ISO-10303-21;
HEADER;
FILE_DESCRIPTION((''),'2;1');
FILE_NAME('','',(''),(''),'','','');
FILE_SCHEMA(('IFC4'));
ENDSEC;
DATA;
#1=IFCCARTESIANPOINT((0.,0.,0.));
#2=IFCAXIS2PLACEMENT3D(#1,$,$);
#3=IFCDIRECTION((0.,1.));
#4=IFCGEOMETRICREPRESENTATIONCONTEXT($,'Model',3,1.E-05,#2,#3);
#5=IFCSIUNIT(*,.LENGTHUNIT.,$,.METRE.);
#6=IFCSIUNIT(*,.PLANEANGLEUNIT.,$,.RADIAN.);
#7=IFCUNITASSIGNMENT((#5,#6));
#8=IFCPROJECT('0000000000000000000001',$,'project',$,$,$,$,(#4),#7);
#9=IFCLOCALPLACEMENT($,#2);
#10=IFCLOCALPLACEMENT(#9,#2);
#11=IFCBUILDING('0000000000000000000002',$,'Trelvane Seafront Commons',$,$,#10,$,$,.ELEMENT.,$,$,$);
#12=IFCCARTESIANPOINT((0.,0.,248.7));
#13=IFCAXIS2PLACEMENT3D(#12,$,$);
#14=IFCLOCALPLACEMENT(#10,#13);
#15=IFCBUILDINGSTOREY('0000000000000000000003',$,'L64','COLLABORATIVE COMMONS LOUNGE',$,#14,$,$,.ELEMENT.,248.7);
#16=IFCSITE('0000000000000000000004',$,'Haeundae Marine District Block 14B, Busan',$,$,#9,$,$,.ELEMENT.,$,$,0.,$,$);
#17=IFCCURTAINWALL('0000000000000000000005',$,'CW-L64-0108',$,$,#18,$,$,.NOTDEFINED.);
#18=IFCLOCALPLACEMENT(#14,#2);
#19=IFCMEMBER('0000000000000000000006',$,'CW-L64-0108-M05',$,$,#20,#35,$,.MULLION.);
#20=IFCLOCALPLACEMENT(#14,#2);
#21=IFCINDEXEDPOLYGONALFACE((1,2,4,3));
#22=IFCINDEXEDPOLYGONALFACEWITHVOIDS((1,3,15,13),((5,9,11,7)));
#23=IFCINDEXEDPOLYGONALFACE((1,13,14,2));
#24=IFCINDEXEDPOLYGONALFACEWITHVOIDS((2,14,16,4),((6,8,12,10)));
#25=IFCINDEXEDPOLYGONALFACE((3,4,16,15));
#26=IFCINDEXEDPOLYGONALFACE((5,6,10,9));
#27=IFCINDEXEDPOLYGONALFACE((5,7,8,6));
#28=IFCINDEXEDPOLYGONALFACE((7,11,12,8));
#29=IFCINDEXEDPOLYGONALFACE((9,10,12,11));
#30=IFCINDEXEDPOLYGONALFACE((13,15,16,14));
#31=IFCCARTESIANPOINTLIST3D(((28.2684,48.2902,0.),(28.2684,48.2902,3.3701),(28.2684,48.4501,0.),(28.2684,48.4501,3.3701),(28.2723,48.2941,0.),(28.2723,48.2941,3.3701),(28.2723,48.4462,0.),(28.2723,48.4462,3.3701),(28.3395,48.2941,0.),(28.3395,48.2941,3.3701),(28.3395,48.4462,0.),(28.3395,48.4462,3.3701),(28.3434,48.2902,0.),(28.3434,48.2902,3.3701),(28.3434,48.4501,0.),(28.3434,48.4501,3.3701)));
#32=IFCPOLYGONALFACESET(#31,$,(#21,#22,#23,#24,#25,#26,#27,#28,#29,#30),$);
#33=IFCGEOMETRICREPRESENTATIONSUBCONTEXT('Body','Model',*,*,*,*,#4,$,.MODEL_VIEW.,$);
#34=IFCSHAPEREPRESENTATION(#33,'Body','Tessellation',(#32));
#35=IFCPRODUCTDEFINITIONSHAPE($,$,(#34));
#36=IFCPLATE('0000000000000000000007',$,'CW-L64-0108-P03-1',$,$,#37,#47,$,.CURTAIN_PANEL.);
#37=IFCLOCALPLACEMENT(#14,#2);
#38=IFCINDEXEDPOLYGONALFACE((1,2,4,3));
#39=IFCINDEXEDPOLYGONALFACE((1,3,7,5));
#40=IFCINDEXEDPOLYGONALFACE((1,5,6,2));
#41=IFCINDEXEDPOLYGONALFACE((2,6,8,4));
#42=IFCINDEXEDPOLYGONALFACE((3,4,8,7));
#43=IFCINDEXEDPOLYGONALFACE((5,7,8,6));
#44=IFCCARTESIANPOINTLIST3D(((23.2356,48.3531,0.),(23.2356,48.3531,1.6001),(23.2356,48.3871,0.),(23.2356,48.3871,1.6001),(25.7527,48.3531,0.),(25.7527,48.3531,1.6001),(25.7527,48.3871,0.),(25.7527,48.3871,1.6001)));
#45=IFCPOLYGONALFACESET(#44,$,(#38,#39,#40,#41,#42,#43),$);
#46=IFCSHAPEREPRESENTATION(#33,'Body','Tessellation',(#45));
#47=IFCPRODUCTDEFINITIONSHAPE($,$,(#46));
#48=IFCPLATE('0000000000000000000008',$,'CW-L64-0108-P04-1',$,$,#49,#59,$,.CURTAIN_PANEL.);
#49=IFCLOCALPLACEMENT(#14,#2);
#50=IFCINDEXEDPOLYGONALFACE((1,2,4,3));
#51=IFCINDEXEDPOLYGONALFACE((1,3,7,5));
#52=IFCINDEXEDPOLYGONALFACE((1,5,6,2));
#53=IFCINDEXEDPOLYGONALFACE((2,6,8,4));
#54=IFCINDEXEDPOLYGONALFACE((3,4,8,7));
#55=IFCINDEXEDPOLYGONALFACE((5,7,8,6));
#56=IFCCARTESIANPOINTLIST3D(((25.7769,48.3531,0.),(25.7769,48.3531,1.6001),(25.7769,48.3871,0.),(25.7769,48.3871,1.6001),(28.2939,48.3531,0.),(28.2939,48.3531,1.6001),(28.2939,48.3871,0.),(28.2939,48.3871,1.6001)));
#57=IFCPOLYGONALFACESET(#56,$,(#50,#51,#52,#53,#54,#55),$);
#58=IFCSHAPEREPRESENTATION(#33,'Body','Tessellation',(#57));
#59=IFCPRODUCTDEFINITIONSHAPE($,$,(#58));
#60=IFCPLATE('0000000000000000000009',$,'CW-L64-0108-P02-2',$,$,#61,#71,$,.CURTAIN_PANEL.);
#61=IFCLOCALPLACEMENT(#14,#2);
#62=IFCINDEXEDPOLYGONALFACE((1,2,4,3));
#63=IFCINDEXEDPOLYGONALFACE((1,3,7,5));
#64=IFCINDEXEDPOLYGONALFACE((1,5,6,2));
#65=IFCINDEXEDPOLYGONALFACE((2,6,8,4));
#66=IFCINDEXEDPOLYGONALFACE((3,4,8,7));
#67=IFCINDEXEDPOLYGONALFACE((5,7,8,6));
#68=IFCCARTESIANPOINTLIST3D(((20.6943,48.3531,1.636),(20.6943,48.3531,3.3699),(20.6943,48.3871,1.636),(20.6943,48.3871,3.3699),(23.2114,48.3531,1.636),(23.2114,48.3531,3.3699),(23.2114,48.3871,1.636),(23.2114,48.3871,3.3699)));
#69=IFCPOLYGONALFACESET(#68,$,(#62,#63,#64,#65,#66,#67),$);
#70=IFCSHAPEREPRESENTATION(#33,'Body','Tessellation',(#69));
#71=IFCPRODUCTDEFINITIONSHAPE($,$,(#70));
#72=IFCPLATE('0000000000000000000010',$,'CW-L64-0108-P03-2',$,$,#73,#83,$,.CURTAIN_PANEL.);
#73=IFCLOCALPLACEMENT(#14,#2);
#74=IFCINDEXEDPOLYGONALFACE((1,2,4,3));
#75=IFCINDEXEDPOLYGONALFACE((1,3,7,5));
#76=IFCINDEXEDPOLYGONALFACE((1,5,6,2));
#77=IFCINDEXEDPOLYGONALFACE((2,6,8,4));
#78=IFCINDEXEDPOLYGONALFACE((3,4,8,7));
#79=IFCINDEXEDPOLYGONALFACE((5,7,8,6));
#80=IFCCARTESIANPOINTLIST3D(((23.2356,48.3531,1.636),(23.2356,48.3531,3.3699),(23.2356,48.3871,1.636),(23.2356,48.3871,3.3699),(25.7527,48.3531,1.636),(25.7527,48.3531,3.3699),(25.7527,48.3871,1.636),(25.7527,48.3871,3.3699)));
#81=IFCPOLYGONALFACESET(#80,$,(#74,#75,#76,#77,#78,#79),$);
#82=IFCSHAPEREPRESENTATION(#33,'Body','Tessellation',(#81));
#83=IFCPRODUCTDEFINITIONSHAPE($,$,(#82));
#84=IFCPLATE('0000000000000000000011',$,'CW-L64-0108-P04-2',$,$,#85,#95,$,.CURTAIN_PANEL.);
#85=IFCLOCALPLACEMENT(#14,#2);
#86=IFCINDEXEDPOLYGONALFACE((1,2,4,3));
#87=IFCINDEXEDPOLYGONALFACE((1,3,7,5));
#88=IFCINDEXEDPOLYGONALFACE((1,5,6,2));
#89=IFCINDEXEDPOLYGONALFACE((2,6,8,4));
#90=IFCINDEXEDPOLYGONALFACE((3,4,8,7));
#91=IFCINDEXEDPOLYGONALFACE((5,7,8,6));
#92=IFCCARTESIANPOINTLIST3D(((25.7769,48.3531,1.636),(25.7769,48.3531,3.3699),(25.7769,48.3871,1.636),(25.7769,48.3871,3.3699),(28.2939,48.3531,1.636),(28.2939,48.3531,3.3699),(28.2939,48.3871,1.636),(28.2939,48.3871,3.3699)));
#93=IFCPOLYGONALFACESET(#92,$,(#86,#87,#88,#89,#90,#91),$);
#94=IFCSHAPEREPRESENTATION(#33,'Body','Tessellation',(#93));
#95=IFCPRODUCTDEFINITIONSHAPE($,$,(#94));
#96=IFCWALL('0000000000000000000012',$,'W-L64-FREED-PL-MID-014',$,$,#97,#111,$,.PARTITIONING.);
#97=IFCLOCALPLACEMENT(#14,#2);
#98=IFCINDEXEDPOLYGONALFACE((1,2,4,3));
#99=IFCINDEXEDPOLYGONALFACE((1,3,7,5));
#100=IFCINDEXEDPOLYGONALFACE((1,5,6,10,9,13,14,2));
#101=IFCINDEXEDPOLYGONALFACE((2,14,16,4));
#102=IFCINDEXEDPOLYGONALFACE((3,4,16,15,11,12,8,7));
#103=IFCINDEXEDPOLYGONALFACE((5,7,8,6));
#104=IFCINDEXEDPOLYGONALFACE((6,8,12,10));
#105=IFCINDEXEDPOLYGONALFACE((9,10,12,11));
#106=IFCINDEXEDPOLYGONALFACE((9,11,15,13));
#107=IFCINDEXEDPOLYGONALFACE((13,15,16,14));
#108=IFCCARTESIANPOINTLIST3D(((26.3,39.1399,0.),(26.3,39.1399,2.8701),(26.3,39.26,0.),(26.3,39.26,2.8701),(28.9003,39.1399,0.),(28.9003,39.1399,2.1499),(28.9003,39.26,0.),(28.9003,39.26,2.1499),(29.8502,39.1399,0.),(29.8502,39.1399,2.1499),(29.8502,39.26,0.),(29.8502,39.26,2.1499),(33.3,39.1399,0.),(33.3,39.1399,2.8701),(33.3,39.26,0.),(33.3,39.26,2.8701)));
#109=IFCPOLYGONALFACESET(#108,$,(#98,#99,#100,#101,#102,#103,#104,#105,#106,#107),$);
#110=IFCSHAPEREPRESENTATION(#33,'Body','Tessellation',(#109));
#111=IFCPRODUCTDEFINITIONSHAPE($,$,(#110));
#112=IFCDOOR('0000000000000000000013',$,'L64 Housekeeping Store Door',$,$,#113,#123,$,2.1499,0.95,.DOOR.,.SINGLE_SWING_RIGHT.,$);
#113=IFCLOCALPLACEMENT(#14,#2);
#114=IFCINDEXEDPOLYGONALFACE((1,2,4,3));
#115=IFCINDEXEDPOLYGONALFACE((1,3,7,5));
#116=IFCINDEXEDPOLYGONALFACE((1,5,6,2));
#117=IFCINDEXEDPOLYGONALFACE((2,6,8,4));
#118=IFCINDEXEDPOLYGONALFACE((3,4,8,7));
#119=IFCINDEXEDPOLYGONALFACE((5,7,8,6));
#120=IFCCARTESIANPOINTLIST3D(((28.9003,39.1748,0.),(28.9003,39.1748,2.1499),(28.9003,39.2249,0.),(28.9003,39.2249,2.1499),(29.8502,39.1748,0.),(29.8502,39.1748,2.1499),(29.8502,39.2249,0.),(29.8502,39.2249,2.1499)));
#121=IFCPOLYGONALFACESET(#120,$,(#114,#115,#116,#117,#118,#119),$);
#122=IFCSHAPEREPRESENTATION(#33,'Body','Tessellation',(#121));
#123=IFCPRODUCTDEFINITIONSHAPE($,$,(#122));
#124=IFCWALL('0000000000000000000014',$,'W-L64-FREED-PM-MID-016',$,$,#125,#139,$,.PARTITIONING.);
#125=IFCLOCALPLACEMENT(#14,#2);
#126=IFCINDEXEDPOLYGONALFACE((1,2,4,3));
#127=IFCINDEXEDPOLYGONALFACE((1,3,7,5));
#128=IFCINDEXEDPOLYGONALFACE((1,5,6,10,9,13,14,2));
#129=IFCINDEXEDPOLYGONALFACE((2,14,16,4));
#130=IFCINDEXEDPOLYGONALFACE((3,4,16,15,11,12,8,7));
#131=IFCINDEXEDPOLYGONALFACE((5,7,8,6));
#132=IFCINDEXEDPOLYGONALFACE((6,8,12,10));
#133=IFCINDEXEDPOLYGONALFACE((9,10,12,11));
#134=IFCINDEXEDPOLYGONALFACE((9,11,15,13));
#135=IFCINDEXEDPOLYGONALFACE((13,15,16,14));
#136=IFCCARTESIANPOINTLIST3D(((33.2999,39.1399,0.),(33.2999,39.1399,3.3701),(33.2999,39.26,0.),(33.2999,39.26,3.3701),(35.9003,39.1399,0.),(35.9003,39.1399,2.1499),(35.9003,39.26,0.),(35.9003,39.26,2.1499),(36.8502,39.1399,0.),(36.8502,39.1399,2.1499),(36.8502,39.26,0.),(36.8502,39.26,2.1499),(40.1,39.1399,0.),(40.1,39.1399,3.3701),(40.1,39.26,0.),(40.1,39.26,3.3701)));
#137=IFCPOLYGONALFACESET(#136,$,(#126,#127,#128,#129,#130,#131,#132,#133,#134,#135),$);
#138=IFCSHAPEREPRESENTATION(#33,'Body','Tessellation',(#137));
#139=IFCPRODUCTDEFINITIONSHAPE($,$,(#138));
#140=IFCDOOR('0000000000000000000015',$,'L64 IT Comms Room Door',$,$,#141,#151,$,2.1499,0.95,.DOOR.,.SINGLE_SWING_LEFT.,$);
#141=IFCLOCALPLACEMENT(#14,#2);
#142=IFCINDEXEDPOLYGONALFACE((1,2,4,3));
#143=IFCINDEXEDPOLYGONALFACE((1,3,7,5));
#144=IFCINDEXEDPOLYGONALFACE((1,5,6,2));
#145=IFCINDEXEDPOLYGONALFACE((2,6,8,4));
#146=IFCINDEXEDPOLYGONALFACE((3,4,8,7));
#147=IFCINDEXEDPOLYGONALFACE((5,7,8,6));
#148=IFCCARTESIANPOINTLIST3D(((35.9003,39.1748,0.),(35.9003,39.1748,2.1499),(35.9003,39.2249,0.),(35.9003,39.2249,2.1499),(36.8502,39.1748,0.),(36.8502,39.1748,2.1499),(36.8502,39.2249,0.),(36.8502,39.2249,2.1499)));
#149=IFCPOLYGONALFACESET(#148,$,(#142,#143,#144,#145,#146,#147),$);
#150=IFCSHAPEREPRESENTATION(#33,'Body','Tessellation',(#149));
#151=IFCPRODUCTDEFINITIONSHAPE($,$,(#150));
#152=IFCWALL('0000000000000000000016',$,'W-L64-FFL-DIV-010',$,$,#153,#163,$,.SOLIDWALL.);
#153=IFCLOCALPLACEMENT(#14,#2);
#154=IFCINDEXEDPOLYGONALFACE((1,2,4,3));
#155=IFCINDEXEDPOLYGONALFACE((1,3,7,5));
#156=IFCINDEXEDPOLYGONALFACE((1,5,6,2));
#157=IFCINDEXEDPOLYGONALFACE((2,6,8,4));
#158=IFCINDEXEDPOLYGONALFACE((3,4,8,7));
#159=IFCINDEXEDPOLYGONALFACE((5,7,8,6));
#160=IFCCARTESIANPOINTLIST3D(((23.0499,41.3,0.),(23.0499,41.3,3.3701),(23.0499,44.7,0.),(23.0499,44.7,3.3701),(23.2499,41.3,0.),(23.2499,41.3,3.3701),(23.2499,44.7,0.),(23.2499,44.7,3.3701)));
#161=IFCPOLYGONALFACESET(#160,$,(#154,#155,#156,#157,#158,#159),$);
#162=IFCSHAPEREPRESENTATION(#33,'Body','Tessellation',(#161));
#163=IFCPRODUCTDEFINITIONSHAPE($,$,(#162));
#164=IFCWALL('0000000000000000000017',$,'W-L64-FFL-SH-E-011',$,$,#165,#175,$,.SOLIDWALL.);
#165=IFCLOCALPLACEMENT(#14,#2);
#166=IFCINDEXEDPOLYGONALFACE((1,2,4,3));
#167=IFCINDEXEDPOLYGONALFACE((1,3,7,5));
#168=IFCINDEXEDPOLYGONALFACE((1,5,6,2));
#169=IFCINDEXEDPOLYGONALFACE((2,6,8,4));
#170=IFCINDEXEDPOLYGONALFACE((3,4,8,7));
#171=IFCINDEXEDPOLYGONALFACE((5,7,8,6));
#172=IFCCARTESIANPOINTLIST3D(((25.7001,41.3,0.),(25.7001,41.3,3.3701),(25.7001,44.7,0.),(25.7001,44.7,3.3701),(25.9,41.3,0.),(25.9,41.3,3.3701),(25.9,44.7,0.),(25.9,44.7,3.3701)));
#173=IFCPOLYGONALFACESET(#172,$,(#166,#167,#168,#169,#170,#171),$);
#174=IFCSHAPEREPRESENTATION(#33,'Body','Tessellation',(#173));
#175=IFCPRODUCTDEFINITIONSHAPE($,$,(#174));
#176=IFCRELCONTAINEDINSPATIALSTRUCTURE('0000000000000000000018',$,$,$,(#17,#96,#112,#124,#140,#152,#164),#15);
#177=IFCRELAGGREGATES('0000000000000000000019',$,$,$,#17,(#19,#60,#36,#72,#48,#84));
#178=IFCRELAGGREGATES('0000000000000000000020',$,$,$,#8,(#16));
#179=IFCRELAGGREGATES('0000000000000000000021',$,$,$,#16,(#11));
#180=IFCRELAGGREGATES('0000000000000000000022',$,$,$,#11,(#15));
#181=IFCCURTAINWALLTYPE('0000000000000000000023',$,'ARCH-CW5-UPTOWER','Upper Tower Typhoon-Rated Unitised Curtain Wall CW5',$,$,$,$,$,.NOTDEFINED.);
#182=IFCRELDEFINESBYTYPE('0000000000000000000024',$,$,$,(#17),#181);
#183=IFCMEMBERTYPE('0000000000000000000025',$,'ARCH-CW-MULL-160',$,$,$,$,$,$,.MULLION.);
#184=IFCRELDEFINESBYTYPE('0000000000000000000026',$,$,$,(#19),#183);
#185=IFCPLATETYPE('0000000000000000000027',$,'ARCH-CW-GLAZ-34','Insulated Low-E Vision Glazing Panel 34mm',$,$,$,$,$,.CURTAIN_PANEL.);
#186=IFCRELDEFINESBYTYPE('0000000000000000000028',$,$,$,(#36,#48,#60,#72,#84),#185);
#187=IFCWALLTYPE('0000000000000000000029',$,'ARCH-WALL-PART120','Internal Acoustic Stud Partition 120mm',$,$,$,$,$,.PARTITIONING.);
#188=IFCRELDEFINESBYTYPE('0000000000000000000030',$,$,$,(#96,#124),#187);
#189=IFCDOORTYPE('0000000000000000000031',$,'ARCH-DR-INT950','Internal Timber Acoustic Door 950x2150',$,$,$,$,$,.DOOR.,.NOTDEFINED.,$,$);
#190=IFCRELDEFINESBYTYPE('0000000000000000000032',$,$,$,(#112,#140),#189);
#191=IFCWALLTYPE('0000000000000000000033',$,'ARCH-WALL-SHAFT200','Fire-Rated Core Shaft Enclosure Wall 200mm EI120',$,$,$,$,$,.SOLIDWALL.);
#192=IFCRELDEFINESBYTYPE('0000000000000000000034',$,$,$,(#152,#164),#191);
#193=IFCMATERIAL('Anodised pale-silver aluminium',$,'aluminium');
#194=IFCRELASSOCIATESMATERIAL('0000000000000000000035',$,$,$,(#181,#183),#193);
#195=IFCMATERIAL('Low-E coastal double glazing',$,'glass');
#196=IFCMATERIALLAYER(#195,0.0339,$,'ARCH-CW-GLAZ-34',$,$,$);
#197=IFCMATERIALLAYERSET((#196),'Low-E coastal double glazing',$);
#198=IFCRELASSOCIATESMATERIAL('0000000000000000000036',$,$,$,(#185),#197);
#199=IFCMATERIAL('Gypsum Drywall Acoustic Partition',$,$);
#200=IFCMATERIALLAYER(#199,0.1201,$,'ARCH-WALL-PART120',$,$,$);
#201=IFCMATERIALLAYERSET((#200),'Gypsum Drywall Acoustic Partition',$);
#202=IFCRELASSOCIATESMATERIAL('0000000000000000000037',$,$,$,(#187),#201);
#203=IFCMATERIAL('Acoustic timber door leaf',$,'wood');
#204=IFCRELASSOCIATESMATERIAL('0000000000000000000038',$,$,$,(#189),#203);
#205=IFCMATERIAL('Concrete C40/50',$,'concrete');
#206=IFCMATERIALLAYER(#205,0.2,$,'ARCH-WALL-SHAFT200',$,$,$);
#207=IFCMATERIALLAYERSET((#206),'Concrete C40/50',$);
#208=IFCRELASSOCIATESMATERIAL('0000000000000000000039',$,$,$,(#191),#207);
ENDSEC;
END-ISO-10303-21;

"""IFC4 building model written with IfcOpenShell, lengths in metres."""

from ifc_helpers import new_model, si_unit, direction, frame, frame_2d, origin, origin_2d, place, context, subcontext, project, spatial, rectangle, hollow_rectangle, extrude, source, transform, mapped, material, layer, layer_set, material_profile, profile_set, type_object, element, fill, aggregate, save


model = new_model("IFC4")

# Units and contexts
model_context = context("Model", 3, precision=1e-05, world=origin(), true_north=direction((0.0, 1.0)))
body_context = subcontext(model_context, "Body", "Model", "MODEL_VIEW")
ifc_project = project(units=[si_unit("LENGTHUNIT", "METRE"), si_unit("PLANEANGLEUNIT", "RADIAN")], contexts=[model_context])

# Site, building, storey
site_placement = place(None, origin())
site = spatial("IfcSite", under=ifc_project, at=site_placement, Name="Haeundae Marine District Block 14B, Busan", CompositionType="ELEMENT", RefElevation=0.0)
building_placement = place(site_placement, origin())
building = spatial("IfcBuilding", under=site, at=building_placement, Name="Trelvane Seafront Commons", CompositionType="ELEMENT")
storey_placement = place(building_placement, frame((0.0, 0.0, 248.7)))
storey = spatial("IfcBuildingStorey", under=building, at=storey_placement, Name="L64", Description="COLLABORATIVE COMMONS LOUNGE", CompositionType="ELEMENT", Elevation=248.7)

# Curtain wall, member, plates
ifc_material_1 = material(Name="Anodised pale-silver aluminium", Category="aluminium")
curtain_wall_type = type_object("IfcCurtainWallType", Name="ARCH-CW5-UPTOWER", Description="Upper Tower Typhoon-Rated Unitised Curtain Wall CW5", PredefinedType="NOTDEFINED", material=ifc_material_1)
curtain_wall_placement = place(storey_placement, origin())
curtain_wall = element("IfcCurtainWall", 1, at=curtain_wall_placement, inside=storey, type_object=curtain_wall_type, Name="CW-L64-0108", PredefinedType="NOTDEFINED")
ifc_material_profile_1 = material_profile(ifc_material_1, hollow_rectangle(XDim=0.075, YDim=0.1599, WallThickness=0.0039, at=origin_2d()), Name="MULL-75x160x4")
ifc_profile_set_1 = profile_set([ifc_material_profile_1], Name="Anodised pale-silver aluminium")
member_type_1 = type_object("IfcMemberType", Name="ARCH-CW-MULL-160", PredefinedType="MULLION", material=ifc_profile_set_1)
shared_shape_1 = source(origin(), body_context, "Body", "SweptSolid", [
    extrude(hollow_rectangle(XDim=0.075, YDim=0.1599, WallThickness=0.0039, at=origin_2d()), origin(), (0.0, 0.0, 1.0), 3.3701),
])
member_1_placement = place(storey_placement, frame((28.3059, 48.3701, 0.0), z_axis=(0.0, 0.0, 1.0), x_axis=(1.0, 0.0, 0.0)))
member_1 = element("IfcMember", 2, at=member_1_placement, type_object=member_type_1, Name="CW-L64-0108-M05", PredefinedType="MULLION", context=body_context, shape_type="MappedRepresentation", body=[
    mapped(shared_shape_1, transform((0.0, 0.0, 0.0), x_axis=(1.0, 0.0, 0.0), y_axis=(0.0, 1.0, 0.0), z_axis=(0.0, 0.0, 1.0), scale=1.0)),
])
ifc_material_2 = material(Name="Low-E coastal double glazing", Category="glass")
ifc_layer_1 = layer(ifc_material_2, 0.0339, Name="ARCH-CW-GLAZ-34")
ifc_layer_set_1 = layer_set([ifc_layer_1], Name="Low-E coastal double glazing")
plate_type = type_object("IfcPlateType", Name="ARCH-CW-GLAZ-34", Description="Insulated Low-E Vision Glazing Panel 34mm", PredefinedType="CURTAIN_PANEL", material=ifc_layer_set_1)
shared_shape_2 = source(origin(), body_context, "Body", "SweptSolid", [
    extrude(rectangle(XDim=2.5171, YDim=0.0339, at=origin_2d()), origin(), (0.0, 0.0, 1.0), 1.6001),
])
plate_1_placement = place(storey_placement, frame((24.4941, 48.3701, 0.0), z_axis=(0.0, 0.0, 1.0), x_axis=(1.0, 0.0, 0.0)))
plate_1 = element("IfcPlate", 3, at=plate_1_placement, type_object=plate_type, Name="CW-L64-0108-P03-1", PredefinedType="CURTAIN_PANEL", context=body_context, shape_type="MappedRepresentation", body=[
    mapped(shared_shape_2, transform((0.0, 0.0, 0.0), x_axis=(1.0, 0.0, 0.0), y_axis=(0.0, 1.0, 0.0), z_axis=(0.0, 0.0, 1.0), scale=1.0)),
])
plate_2_placement = place(storey_placement, frame((27.0354, 48.3701, 0.0), z_axis=(0.0, 0.0, 1.0), x_axis=(1.0, 0.0, 0.0)))
plate_2 = element("IfcPlate", 4, at=plate_2_placement, type_object=plate_type, Name="CW-L64-0108-P04-1", PredefinedType="CURTAIN_PANEL", context=body_context, shape_type="MappedRepresentation", body=[
    mapped(shared_shape_2, transform((0.0, 0.0, 0.0), x_axis=(1.0, 0.0, 0.0), y_axis=(0.0, 1.0, 0.0), z_axis=(0.0, 0.0, 1.0), scale=1.0)),
])
shared_shape_3 = source(origin(), body_context, "Body", "SweptSolid", [
    extrude(rectangle(XDim=2.5171, YDim=0.0339, at=origin_2d()), origin(), (0.0, 0.0, 1.0), 1.7339),
])
plate_3_placement = place(storey_placement, frame((21.9529, 48.3701, 1.636), z_axis=(0.0, 0.0, 1.0), x_axis=(1.0, 0.0, 0.0)))
plate_3 = element("IfcPlate", 5, at=plate_3_placement, type_object=plate_type, Name="CW-L64-0108-P02-2", PredefinedType="CURTAIN_PANEL", context=body_context, shape_type="MappedRepresentation", body=[
    mapped(shared_shape_3, transform((0.0, 0.0, 0.0), x_axis=(1.0, 0.0, 0.0), y_axis=(0.0, 1.0, 0.0), z_axis=(0.0, 0.0, 1.0), scale=1.0)),
])
plate_4_placement = place(storey_placement, frame((24.4941, 48.3701, 1.636), z_axis=(0.0, 0.0, 1.0), x_axis=(1.0, 0.0, 0.0)))
plate_4 = element("IfcPlate", 6, at=plate_4_placement, type_object=plate_type, Name="CW-L64-0108-P03-2", PredefinedType="CURTAIN_PANEL", context=body_context, shape_type="MappedRepresentation", body=[
    mapped(shared_shape_3, transform((0.0, 0.0, 0.0), x_axis=(1.0, 0.0, 0.0), y_axis=(0.0, 1.0, 0.0), z_axis=(0.0, 0.0, 1.0), scale=1.0)),
])
plate_5_placement = place(storey_placement, frame((27.0354, 48.3701, 1.636), z_axis=(0.0, 0.0, 1.0), x_axis=(1.0, 0.0, 0.0)))
plate_5 = element("IfcPlate", 7, at=plate_5_placement, type_object=plate_type, Name="CW-L64-0108-P04-2", PredefinedType="CURTAIN_PANEL", context=body_context, shape_type="MappedRepresentation", body=[
    mapped(shared_shape_3, transform((0.0, 0.0, 0.0), x_axis=(1.0, 0.0, 0.0), y_axis=(0.0, 1.0, 0.0), z_axis=(0.0, 0.0, 1.0), scale=1.0)),
])
aggregate(curtain_wall, [member_1, plate_3, plate_1, plate_4, plate_2, plate_5])

# Walls, openings, doors
ifc_material_3 = material(Name="Gypsum Drywall Acoustic Partition")
ifc_layer_2 = layer(ifc_material_3, 0.1201, Name="ARCH-WALL-PART120")
ifc_layer_set_2 = layer_set([ifc_layer_2], Name="Gypsum Drywall Acoustic Partition")
wall_type_1 = type_object("IfcWallType", Name="ARCH-WALL-PART120", Description="Internal Acoustic Stud Partition 120mm", PredefinedType="PARTITIONING", material=ifc_layer_set_2)
wall_1_placement = place(storey_placement, frame((26.3, 39.2, 0.0), z_axis=(0.0, 0.0, 1.0), x_axis=(1.0, 0.0, 0.0)))
wall_1 = element("IfcWall", 8, at=wall_1_placement, inside=storey, type_object=wall_type_1, Name="W-L64-FREED-PL-MID-014", PredefinedType="PARTITIONING", context=body_context, shape_type="SweptSolid", body=[
    extrude(rectangle(XDim=7.0, YDim=0.1201, at=frame_2d((3.5, 0.0))), origin(), (0.0, 0.0, 1.0), 2.8701),
])
opening_1_placement = place(wall_1_placement, frame((2.6001, 0.0, 0.0)))
opening_1 = element("IfcOpeningElement", 9, at=opening_1_placement, cuts=wall_1, PredefinedType="OPENING", context=body_context, shape_type="SweptSolid", body=[
    extrude(rectangle(XDim=0.95, YDim=2.1499, at=frame_2d((0.4751, 1.075))), frame((0.0, 0.0701, 0.0), z_axis=(0.0, -1.0, 0.0), x_axis=(1.0, 0.0, 0.0)), (0.0, 0.0, 1.0), 0.1401),
])
ifc_material_4 = material(Name="Acoustic timber door leaf", Category="wood")
door_type = type_object("IfcDoorType", Name="ARCH-DR-INT950", Description="Internal Timber Acoustic Door 950x2150", OperationType="NOTDEFINED", PredefinedType="DOOR", material=ifc_material_4)
shared_shape_4 = source(origin(), body_context, "Body", "SweptSolid", [
    extrude(rectangle(XDim=0.95, YDim=2.1499, at=frame_2d((0.4751, 1.075))), frame((0.0, 0.0249, 0.0), z_axis=(0.0, -1.0, 0.0), x_axis=(1.0, 0.0, 0.0)), (0.0, 0.0, 1.0), 0.05),
])
door_1_placement = place(opening_1_placement, origin())
door_1 = element("IfcDoor", 10, at=door_1_placement, inside=storey, type_object=door_type, Name="L64 Housekeeping Store Door", OperationType="SINGLE_SWING_RIGHT", OverallHeight=2.1499, OverallWidth=0.95, PredefinedType="DOOR", context=body_context, shape_type="MappedRepresentation", body=[
    mapped(shared_shape_4, transform((0.0, 0.0, 0.0), x_axis=(1.0, 0.0, 0.0), y_axis=(0.0, 1.0, 0.0), z_axis=(0.0, 0.0, 1.0), scale=1.0)),
])
fill(opening_1, door_1)
wall_2_placement = place(storey_placement, frame((33.3, 39.2, 0.0), z_axis=(0.0, 0.0, 1.0), x_axis=(1.0, 0.0, 0.0)))
wall_2 = element("IfcWall", 11, at=wall_2_placement, inside=storey, type_object=wall_type_1, Name="W-L64-FREED-PM-MID-016", PredefinedType="PARTITIONING", context=body_context, shape_type="SweptSolid", body=[
    extrude(rectangle(XDim=6.8, YDim=0.1201, at=frame_2d((3.3999, 0.0))), origin(), (0.0, 0.0, 1.0), 3.3701),
])
opening_2_placement = place(wall_2_placement, frame((2.6001, 0.0, 0.0)))
opening_2 = element("IfcOpeningElement", 12, at=opening_2_placement, cuts=wall_2, PredefinedType="OPENING", context=body_context, shape_type="SweptSolid", body=[
    extrude(rectangle(XDim=0.95, YDim=2.1499, at=frame_2d((0.4751, 1.075))), frame((0.0, 0.0701, 0.0), z_axis=(0.0, -1.0, 0.0), x_axis=(1.0, 0.0, 0.0)), (0.0, 0.0, 1.0), 0.1401),
])
door_2_placement = place(opening_2_placement, origin())
door_2 = element("IfcDoor", 13, at=door_2_placement, inside=storey, type_object=door_type, Name="L64 IT Comms Room Door", OperationType="SINGLE_SWING_LEFT", OverallHeight=2.1499, OverallWidth=0.95, PredefinedType="DOOR", context=body_context, shape_type="MappedRepresentation", body=[
    mapped(shared_shape_4, transform((0.0, 0.0, 0.0), x_axis=(1.0, 0.0, 0.0), y_axis=(0.0, 1.0, 0.0), z_axis=(0.0, 0.0, 1.0), scale=1.0)),
])
fill(opening_2, door_2)

# Walls
ifc_material_5 = material(Name="Concrete C40/50", Category="concrete")
ifc_layer_3 = layer(ifc_material_5, 0.2, Name="ARCH-WALL-SHAFT200")
ifc_layer_set_3 = layer_set([ifc_layer_3], Name="Concrete C40/50")
wall_type_2 = type_object("IfcWallType", Name="ARCH-WALL-SHAFT200", Description="Fire-Rated Core Shaft Enclosure Wall 200mm EI120", PredefinedType="SOLIDWALL", material=ifc_layer_set_3)
for number, where, z_axis, x_axis, name in (
    (14, (23.1499, 41.3, 0.0), (0.0, 0.0, 1.0), (0.0, 1.0, 0.0), "W-L64-FFL-DIV-010"),
    (15, (25.8, 41.3, 0.0), (0.0, 0.0, 1.0), (0.0, 1.0, 0.0), "W-L64-FFL-SH-E-011"),
):
    element("IfcWall", number, at=place(storey_placement, frame(where, z_axis=z_axis, x_axis=x_axis)), inside=storey, type_object=wall_type_2, Name=name, PredefinedType="SOLIDWALL", context=body_context, shape_type="SweptSolid", body=[
        extrude(rectangle(XDim=3.3999, YDim=0.2, at=frame_2d((1.7, 0.0))), origin(), (0.0, 0.0, 1.0), 3.3701),
    ])

save(model, "model.ifc")
